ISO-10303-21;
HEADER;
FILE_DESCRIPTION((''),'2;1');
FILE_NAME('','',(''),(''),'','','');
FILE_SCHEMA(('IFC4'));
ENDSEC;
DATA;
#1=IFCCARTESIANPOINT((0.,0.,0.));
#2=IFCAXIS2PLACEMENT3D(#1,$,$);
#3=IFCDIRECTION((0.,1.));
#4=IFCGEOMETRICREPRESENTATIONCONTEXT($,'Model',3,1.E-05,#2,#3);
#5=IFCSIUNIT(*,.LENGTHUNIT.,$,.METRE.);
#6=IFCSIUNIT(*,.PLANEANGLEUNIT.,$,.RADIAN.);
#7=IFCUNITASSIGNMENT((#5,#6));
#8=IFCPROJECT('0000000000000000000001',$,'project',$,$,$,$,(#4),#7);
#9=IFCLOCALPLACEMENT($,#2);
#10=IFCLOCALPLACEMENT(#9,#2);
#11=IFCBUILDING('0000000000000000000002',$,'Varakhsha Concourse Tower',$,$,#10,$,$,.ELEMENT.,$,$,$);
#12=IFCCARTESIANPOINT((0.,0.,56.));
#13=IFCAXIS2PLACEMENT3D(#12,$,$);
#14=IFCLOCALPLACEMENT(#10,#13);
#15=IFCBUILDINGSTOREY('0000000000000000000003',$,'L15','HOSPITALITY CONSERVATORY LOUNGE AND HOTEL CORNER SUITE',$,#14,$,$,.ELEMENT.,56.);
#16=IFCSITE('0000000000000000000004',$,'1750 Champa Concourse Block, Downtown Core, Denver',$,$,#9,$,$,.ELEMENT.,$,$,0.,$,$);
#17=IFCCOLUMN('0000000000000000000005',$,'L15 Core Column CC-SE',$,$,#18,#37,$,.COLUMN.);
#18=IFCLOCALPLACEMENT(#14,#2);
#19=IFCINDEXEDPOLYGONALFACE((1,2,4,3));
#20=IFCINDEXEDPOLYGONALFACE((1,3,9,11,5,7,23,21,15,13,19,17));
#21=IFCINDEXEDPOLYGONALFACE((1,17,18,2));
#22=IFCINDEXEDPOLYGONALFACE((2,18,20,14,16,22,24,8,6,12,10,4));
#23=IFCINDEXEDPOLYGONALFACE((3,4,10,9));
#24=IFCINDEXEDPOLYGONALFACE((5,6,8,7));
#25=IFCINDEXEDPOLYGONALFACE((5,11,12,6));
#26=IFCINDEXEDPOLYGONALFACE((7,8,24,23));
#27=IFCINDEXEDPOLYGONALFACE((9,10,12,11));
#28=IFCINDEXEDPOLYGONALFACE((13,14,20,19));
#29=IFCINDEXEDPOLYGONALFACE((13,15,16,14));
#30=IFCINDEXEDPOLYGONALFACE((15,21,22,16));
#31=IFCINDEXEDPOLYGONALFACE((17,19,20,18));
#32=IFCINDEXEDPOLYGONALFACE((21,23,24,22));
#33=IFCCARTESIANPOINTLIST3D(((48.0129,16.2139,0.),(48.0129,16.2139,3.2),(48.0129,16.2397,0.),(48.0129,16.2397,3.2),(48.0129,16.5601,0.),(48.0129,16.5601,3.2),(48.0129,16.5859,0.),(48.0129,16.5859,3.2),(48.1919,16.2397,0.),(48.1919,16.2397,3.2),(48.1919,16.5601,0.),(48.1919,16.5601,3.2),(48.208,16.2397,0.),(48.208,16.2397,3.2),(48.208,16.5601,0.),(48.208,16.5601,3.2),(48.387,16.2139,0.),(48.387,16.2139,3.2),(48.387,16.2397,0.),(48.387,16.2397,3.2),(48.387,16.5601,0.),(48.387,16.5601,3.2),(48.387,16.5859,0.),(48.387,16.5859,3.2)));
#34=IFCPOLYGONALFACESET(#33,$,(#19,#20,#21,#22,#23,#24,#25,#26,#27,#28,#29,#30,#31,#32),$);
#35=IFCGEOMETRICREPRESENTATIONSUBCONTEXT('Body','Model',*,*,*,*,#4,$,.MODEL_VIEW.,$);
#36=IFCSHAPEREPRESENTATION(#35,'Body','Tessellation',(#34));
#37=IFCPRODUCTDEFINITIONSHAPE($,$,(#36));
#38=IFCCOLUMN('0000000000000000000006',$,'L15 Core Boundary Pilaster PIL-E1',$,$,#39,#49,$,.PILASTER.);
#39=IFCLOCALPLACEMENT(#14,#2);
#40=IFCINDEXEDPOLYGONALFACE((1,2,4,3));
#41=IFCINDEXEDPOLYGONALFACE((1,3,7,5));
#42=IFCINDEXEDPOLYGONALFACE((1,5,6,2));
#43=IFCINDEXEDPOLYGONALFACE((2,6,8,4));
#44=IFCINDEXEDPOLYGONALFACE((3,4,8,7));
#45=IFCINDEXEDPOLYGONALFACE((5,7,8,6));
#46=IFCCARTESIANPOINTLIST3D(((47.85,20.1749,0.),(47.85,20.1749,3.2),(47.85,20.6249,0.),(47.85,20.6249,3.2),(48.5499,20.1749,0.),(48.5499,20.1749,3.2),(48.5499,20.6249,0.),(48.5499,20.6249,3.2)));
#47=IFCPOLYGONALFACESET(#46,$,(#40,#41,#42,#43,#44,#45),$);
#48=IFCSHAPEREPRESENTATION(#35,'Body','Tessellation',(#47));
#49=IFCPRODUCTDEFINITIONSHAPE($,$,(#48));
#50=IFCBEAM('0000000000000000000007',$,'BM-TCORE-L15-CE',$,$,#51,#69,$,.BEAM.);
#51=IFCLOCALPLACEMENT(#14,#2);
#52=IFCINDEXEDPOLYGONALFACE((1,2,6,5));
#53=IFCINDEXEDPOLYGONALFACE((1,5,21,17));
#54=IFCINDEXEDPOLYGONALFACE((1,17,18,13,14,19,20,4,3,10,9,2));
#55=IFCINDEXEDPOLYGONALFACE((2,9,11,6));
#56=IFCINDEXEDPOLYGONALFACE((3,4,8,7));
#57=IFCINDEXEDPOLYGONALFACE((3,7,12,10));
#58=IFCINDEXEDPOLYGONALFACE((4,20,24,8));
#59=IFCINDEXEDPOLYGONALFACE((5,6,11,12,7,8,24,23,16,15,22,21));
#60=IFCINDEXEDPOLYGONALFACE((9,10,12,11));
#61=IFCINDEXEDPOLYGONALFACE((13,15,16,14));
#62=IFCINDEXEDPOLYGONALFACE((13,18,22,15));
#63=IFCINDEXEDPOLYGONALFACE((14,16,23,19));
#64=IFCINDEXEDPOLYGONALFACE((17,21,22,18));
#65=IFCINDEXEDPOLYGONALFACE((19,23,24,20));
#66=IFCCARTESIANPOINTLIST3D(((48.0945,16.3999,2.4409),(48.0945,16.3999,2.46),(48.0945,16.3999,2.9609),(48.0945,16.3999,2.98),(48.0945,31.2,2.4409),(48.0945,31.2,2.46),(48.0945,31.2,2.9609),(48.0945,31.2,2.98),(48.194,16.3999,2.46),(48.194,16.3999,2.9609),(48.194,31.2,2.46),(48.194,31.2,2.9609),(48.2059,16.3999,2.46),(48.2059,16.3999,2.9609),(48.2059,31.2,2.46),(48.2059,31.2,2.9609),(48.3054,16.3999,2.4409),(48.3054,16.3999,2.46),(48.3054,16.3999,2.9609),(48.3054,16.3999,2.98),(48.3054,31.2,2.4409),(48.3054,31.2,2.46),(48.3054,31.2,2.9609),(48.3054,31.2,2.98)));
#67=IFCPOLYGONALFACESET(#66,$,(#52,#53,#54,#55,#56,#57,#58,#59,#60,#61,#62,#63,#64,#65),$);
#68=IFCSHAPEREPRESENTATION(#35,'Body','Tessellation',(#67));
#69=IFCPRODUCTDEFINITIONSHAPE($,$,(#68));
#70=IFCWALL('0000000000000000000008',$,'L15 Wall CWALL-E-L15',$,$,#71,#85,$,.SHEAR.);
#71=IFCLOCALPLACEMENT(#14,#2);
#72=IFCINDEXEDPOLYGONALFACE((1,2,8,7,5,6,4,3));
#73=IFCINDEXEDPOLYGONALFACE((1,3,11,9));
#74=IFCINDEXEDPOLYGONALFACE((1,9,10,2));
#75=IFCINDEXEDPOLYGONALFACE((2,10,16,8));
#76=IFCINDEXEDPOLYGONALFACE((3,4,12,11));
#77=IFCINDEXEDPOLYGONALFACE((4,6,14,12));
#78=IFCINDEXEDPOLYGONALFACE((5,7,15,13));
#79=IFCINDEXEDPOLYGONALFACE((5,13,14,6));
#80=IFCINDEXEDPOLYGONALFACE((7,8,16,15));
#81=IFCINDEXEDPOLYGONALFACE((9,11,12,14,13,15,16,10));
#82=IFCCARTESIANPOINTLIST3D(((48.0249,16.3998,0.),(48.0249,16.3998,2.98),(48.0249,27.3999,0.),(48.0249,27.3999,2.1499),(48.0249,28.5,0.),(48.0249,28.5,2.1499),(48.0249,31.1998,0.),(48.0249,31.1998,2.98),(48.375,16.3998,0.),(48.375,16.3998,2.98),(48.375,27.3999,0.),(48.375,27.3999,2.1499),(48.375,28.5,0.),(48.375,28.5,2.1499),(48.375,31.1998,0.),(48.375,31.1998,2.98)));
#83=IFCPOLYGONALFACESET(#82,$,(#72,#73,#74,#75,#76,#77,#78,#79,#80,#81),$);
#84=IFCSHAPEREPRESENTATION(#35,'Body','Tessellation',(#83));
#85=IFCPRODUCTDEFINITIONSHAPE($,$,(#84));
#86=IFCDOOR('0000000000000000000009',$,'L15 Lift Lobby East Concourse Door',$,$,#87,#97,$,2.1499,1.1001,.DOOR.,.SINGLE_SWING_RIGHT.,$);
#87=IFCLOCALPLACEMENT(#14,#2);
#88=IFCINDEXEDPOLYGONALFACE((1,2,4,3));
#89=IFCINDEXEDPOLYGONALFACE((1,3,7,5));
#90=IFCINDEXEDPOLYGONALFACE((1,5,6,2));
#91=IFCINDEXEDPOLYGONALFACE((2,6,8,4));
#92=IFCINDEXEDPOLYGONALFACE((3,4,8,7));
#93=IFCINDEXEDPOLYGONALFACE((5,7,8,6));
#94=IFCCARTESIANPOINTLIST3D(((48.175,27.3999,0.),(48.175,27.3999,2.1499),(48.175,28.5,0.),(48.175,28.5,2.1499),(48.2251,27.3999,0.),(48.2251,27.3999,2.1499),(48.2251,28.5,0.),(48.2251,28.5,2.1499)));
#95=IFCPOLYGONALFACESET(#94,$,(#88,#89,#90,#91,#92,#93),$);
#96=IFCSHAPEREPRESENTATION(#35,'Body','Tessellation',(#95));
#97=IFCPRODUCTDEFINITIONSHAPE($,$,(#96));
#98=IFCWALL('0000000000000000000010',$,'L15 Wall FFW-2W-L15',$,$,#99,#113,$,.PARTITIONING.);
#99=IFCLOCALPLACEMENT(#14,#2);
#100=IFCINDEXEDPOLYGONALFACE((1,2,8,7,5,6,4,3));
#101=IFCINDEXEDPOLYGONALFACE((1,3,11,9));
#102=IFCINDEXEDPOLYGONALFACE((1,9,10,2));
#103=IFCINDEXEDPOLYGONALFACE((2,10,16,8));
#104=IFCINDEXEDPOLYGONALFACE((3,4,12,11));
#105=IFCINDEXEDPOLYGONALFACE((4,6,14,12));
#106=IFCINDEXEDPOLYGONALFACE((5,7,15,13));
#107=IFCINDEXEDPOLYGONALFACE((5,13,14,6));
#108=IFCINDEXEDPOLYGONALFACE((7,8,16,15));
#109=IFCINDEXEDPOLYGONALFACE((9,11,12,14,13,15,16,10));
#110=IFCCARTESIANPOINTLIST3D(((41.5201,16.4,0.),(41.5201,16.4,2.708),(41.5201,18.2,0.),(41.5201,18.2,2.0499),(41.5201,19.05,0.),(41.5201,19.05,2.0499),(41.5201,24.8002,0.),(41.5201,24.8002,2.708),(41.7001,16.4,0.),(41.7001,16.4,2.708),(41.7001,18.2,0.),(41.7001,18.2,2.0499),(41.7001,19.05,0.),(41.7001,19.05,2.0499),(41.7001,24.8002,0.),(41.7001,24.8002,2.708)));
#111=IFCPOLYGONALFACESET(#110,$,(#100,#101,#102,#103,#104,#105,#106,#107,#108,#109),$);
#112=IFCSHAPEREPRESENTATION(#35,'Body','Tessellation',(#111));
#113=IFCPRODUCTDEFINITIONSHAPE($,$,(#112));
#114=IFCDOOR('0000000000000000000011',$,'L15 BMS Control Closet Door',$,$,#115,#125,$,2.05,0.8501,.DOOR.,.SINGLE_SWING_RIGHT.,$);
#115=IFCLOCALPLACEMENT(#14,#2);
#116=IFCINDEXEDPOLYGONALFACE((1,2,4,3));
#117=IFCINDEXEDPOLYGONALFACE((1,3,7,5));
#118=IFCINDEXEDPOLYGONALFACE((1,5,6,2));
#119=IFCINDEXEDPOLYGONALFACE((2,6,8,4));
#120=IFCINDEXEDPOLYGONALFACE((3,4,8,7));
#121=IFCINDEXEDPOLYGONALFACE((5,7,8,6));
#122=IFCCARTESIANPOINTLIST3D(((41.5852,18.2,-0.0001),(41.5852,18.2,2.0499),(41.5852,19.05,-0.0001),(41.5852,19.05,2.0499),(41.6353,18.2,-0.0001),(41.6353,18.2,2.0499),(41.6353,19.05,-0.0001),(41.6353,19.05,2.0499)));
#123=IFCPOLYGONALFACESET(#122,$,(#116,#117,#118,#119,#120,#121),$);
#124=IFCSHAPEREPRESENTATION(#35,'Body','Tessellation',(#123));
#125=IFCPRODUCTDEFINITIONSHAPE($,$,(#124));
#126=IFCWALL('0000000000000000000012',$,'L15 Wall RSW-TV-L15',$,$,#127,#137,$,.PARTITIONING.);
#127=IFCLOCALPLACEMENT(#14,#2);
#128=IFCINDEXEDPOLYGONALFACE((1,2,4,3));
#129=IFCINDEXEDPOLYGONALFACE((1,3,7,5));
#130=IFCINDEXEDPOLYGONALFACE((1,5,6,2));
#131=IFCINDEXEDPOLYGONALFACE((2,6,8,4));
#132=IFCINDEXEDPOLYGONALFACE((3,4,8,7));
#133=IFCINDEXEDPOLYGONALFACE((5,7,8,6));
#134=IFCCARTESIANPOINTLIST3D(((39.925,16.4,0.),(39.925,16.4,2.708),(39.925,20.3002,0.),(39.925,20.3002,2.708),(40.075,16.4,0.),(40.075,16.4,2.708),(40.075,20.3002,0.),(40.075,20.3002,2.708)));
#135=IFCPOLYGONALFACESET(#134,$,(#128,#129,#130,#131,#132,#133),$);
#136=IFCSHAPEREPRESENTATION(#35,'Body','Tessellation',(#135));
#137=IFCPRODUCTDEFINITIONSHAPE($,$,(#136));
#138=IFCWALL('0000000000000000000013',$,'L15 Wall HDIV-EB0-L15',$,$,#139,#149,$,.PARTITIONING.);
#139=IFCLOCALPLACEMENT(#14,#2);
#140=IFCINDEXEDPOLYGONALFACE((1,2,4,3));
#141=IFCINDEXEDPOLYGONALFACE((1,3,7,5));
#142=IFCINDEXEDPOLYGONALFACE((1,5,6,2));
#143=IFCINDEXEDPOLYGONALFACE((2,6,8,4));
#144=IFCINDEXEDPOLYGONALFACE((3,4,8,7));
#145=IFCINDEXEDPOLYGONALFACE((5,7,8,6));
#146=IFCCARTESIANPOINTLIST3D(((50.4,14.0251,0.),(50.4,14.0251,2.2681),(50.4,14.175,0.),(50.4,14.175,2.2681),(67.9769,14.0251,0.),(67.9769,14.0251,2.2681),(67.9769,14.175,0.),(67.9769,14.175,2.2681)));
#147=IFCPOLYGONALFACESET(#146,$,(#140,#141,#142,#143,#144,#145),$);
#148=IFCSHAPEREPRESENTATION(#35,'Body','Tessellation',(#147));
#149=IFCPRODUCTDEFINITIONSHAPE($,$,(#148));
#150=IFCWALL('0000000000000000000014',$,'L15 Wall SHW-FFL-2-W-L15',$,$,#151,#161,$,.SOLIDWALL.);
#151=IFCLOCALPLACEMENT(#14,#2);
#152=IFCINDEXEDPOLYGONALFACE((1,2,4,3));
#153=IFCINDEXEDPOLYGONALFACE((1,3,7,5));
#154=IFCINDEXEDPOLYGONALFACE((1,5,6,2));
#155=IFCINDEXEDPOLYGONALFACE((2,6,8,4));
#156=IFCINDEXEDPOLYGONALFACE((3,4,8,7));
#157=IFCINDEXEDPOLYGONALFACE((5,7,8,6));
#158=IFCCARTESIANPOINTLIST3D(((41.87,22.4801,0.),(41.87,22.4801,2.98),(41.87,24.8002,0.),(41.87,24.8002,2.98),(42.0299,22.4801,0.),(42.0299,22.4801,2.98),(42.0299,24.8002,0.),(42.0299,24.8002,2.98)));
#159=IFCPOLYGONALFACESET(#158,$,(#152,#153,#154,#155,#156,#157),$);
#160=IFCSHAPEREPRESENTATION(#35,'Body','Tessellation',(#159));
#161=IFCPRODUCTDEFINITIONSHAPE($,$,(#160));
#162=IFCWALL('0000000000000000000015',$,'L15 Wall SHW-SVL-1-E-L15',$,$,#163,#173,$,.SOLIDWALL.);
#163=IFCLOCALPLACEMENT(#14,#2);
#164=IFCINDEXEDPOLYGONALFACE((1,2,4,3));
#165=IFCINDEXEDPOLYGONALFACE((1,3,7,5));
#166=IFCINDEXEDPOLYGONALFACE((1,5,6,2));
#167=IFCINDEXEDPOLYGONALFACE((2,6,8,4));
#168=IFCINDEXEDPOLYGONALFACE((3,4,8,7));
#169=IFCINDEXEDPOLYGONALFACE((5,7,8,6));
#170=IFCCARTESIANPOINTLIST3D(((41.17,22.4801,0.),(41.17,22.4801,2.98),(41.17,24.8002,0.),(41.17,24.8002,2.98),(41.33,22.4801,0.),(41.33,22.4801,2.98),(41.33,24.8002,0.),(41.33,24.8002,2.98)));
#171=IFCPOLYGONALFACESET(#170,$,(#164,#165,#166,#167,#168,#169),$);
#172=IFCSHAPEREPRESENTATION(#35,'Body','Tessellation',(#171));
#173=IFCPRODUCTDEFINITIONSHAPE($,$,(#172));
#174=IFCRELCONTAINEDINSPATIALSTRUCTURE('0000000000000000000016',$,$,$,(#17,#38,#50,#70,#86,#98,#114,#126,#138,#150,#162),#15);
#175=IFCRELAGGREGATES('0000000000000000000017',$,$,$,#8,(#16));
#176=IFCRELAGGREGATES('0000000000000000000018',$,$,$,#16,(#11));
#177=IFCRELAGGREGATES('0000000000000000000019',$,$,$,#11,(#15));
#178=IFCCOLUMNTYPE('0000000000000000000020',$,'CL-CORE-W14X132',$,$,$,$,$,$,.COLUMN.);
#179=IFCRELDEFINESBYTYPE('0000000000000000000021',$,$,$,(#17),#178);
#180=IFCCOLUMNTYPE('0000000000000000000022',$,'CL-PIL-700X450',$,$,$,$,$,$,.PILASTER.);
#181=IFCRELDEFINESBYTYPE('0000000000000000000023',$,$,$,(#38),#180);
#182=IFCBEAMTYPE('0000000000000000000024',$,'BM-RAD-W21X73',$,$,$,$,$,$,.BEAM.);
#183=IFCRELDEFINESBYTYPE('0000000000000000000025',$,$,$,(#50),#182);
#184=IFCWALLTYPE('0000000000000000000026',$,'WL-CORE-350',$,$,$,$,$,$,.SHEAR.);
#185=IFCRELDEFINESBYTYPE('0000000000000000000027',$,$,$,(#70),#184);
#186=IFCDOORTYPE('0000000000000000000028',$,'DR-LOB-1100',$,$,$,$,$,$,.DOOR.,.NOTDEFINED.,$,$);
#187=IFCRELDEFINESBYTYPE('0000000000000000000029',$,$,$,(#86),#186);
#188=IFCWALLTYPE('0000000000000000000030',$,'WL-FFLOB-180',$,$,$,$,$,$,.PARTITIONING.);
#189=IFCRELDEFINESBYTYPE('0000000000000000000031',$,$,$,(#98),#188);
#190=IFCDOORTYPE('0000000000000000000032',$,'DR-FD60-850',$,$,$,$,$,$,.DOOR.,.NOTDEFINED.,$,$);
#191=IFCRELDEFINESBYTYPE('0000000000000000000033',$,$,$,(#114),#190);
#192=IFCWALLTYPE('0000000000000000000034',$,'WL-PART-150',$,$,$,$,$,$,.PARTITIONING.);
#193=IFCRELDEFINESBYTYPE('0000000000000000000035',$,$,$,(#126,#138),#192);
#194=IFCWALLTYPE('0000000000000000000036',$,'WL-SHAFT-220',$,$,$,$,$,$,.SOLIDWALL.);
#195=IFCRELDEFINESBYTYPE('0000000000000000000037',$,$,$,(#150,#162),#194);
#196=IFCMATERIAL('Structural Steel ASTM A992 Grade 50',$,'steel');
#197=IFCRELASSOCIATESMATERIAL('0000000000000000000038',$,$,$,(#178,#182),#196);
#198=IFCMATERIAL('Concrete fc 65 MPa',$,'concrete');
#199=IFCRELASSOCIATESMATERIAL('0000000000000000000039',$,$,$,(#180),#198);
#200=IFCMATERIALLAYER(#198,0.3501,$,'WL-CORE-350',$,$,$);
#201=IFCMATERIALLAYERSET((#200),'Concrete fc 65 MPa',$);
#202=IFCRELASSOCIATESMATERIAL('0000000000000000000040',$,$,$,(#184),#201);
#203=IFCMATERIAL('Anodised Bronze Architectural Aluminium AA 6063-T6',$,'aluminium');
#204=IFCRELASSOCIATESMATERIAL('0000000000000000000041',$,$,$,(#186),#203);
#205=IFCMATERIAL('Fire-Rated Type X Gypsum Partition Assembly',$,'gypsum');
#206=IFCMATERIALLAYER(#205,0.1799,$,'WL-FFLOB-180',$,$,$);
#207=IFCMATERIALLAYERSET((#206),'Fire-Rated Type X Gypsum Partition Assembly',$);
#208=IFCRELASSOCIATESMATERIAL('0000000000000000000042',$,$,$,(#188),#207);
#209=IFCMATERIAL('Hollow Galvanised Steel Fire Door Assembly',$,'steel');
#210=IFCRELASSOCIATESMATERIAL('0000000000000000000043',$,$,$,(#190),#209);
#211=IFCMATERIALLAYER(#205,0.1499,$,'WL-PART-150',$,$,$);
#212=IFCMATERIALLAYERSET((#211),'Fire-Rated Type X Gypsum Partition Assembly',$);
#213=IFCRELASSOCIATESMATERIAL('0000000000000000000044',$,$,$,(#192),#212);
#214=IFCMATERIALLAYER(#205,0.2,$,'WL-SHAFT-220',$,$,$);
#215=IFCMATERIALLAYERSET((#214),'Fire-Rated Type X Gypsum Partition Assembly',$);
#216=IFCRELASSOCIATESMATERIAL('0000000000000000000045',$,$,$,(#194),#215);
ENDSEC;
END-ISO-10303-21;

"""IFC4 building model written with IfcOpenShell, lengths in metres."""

from ifc_helpers import new_model, si_unit, direction, frame, frame_2d, origin, origin_2d, place, context, subcontext, project, spatial, rectangle, i_section, extrude, material, layer, layer_set, material_profile, profile_set, type_object, element, fill, save


model = new_model("IFC4")

# Units and contexts
model_context = context("Model", 3, precision=1e-05, world=origin(), true_north=direction((0.0, 1.0)))
body_context = subcontext(model_context, "Body", "Model", "MODEL_VIEW")
ifc_project = project(units=[si_unit("LENGTHUNIT", "METRE"), si_unit("PLANEANGLEUNIT", "RADIAN")], contexts=[model_context])

# Site, building, storey
site_placement = place(None, origin())
site = spatial("IfcSite", under=ifc_project, at=site_placement, Name="1750 Champa Concourse Block, Downtown Core, Denver", CompositionType="ELEMENT", RefElevation=0.0)
building_placement = place(site_placement, origin())
building = spatial("IfcBuilding", under=site, at=building_placement, Name="Varakhsha Concourse Tower", CompositionType="ELEMENT")
storey_placement = place(building_placement, frame((0.0, 0.0, 56.0)))
storey = spatial("IfcBuildingStorey", under=building, at=storey_placement, Name="L15", Description="HOSPITALITY CONSERVATORY LOUNGE AND HOTEL CORNER SUITE", CompositionType="ELEMENT", Elevation=56.0)

# Columns
ifc_material_1 = material(Name="Structural Steel ASTM A992 Grade 50", Category="steel")
ifc_material_profile_1 = material_profile(ifc_material_1, i_section(OverallWidth=0.374, OverallDepth=0.3721, WebThickness=0.0161, FlangeThickness=0.0259, at=origin_2d()), Name="W14X132")
ifc_profile_set_1 = profile_set([ifc_material_profile_1], Name="Structural Steel ASTM A992 Grade 50")
column_type_1 = type_object("IfcColumnType", Name="CL-CORE-W14X132", PredefinedType="COLUMN", material=ifc_profile_set_1)
column_1_placement = place(storey_placement, frame((48.2, 16.3999, 0.0), z_axis=(0.0, 0.0, 1.0), x_axis=(1.0, 0.0, 0.0)))
element("IfcColumn", 1, at=column_1_placement, inside=storey, type_object=column_type_1, Name="L15 Core Column CC-SE", PredefinedType="COLUMN", context=body_context, shape_type="SweptSolid", body=[
    extrude(i_section(OverallWidth=0.374, OverallDepth=0.3721, WebThickness=0.0161, FlangeThickness=0.0259, at=origin_2d()), origin(), (0.0, 0.0, 1.0), 3.2),
])
ifc_material_2 = material(Name="Concrete fc 65 MPa", Category="concrete")
ifc_material_profile_2 = material_profile(ifc_material_2, rectangle(XDim=0.7, YDim=0.45, at=origin_2d()), Name="RC 700x450")
ifc_profile_set_2 = profile_set([ifc_material_profile_2], Name="Concrete fc 65 MPa")
column_type_2 = type_object("IfcColumnType", Name="CL-PIL-700X450", PredefinedType="PILASTER", material=ifc_profile_set_2)
column_2_placement = place(storey_placement, frame((48.2, 20.3999, 0.0), z_axis=(0.0, 0.0, 1.0), x_axis=(1.0, 0.0, 0.0)))
element("IfcColumn", 2, at=column_2_placement, inside=storey, type_object=column_type_2, Name="L15 Core Boundary Pilaster PIL-E1", PredefinedType="PILASTER", context=body_context, shape_type="SweptSolid", body=[
    extrude(rectangle(XDim=0.7, YDim=0.45, at=origin_2d()), origin(), (0.0, 0.0, 1.0), 3.2),
])

# Beam
ifc_material_profile_3 = material_profile(ifc_material_1, i_section(OverallWidth=0.2109, OverallDepth=0.5391, WebThickness=0.012, FlangeThickness=0.019, at=origin_2d()), Name="W21X73")
ifc_profile_set_3 = profile_set([ifc_material_profile_3], Name="Structural Steel ASTM A992 Grade 50")
beam_type = type_object("IfcBeamType", Name="BM-RAD-W21X73", PredefinedType="BEAM", material=ifc_profile_set_3)
beam_placement = place(storey_placement, frame((48.2, 16.3999, 2.7104), z_axis=(0.0, 1.0, 0.0), x_axis=(-1.0, 0.0, 0.0)))
element("IfcBeam", 3, at=beam_placement, inside=storey, type_object=beam_type, Name="BM-TCORE-L15-CE", PredefinedType="BEAM", context=body_context, shape_type="SweptSolid", body=[
    extrude(i_section(OverallWidth=0.2109, OverallDepth=0.5391, WebThickness=0.012, FlangeThickness=0.019, at=origin_2d()), origin(), (0.0, 0.0, 1.0), 14.8),
])

# Walls, openings, doors
ifc_layer_1 = layer(ifc_material_2, 0.3501, Name="WL-CORE-350")
ifc_layer_set_1 = layer_set([ifc_layer_1], Name="Concrete fc 65 MPa")
wall_type_1 = type_object("IfcWallType", Name="WL-CORE-350", PredefinedType="SHEAR", material=ifc_layer_set_1)
wall_1_placement = place(storey_placement, frame((48.2, 16.3999, 0.0), z_axis=(0.0, 0.0, 1.0), x_axis=(0.0, 1.0, 0.0)))
wall_1 = element("IfcWall", 4, at=wall_1_placement, inside=storey, type_object=wall_type_1, Name="L15 Wall CWALL-E-L15", PredefinedType="SHEAR", context=body_context, shape_type="SweptSolid", body=[
    extrude(rectangle(XDim=14.8, YDim=0.3501, at=frame_2d((7.3999, 0.0))), origin(), (0.0, 0.0, 1.0), 2.98),
])
opening_1_placement = place(wall_1_placement, frame((11.0, 0.0, 0.0)))
opening_1 = element("IfcOpeningElement", 5, at=opening_1_placement, cuts=wall_1, PredefinedType="OPENING", context=body_context, shape_type="SweptSolid", body=[
    extrude(rectangle(XDim=1.1001, YDim=2.1499, at=frame_2d((0.55, 1.075))), frame((0.0, 0.1851, 0.0), z_axis=(0.0, -1.0, 0.0), x_axis=(1.0, 0.0, 0.0)), (0.0, 0.0, 1.0), 0.3701),
])
ifc_material_3 = material(Name="Anodised Bronze Architectural Aluminium AA 6063-T6", Category="aluminium")
door_type_1 = type_object("IfcDoorType", Name="DR-LOB-1100", OperationType="NOTDEFINED", PredefinedType="DOOR", material=ifc_material_3)
door_1_placement = place(opening_1_placement, origin())
door_1 = element("IfcDoor", 6, at=door_1_placement, inside=storey, type_object=door_type_1, Name="L15 Lift Lobby East Concourse Door", OperationType="SINGLE_SWING_RIGHT", OverallHeight=2.1499, OverallWidth=1.1001, PredefinedType="DOOR", context=body_context, shape_type="SweptSolid", body=[
    extrude(rectangle(XDim=1.1001, YDim=2.1499, at=frame_2d((0.55, 1.075))), frame((0.0, 0.0249, 0.0), z_axis=(0.0, -1.0, 0.0), x_axis=(1.0, 0.0, 0.0)), (0.0, 0.0, 1.0), 0.05),
])
fill(opening_1, door_1)
ifc_material_4 = material(Name="Fire-Rated Type X Gypsum Partition Assembly", Category="gypsum")
ifc_layer_2 = layer(ifc_material_4, 0.1799, Name="WL-FFLOB-180")
ifc_layer_set_2 = layer_set([ifc_layer_2], Name="Fire-Rated Type X Gypsum Partition Assembly")
wall_type_2 = type_object("IfcWallType", Name="WL-FFLOB-180", PredefinedType="PARTITIONING", material=ifc_layer_set_2)
wall_2_placement = place(storey_placement, frame((41.6101, 16.3999, 0.0), z_axis=(0.0, 0.0, 1.0), x_axis=(0.0, 1.0, 0.0)))
wall_2 = element("IfcWall", 7, at=wall_2_placement, inside=storey, type_object=wall_type_2, Name="L15 Wall FFW-2W-L15", PredefinedType="PARTITIONING", context=body_context, shape_type="SweptSolid", body=[
    extrude(rectangle(XDim=8.4001, YDim=0.1799, at=frame_2d((4.2002, 0.0))), origin(), (0.0, 0.0, 1.0), 2.708),
])
opening_2_placement = place(wall_2_placement, frame((1.8, 0.0, 0.0)))
opening_2 = element("IfcOpeningElement", 8, at=opening_2_placement, cuts=wall_2, PredefinedType="OPENING", context=body_context, shape_type="SweptSolid", body=[
    extrude(rectangle(XDim=0.8501, YDim=2.05, at=frame_2d((0.425, 1.0249))), frame((0.0, 0.0999, 0.0), z_axis=(0.0, -1.0, 0.0), x_axis=(1.0, 0.0, 0.0)), (0.0, 0.0, 1.0), 0.2),
])
ifc_material_5 = material(Name="Hollow Galvanised Steel Fire Door Assembly", Category="steel")
door_type_2 = type_object("IfcDoorType", Name="DR-FD60-850", OperationType="NOTDEFINED", PredefinedType="DOOR", material=ifc_material_5)
door_2_placement = place(opening_2_placement, origin())
door_2 = element("IfcDoor", 9, at=door_2_placement, inside=storey, type_object=door_type_2, Name="L15 BMS Control Closet Door", OperationType="SINGLE_SWING_RIGHT", OverallHeight=2.05, OverallWidth=0.8501, PredefinedType="DOOR", context=body_context, shape_type="SweptSolid", body=[
    extrude(rectangle(XDim=0.8501, YDim=2.05, at=frame_2d((0.425, 1.0249))), frame((0.0, 0.0249, 0.0), z_axis=(0.0, -1.0, 0.0), x_axis=(1.0, 0.0, 0.0)), (0.0, 0.0, 1.0), 0.05),
])
fill(opening_2, door_2)

# Walls
ifc_layer_3 = layer(ifc_material_4, 0.1499, Name="WL-PART-150")
ifc_layer_set_3 = layer_set([ifc_layer_3], Name="Fire-Rated Type X Gypsum Partition Assembly")
wall_type_3 = type_object("IfcWallType", Name="WL-PART-150", PredefinedType="PARTITIONING", material=ifc_layer_set_3)
wall_3_placement = place(storey_placement, frame((40.0, 16.3999, 0.0), z_axis=(0.0, 0.0, 1.0), x_axis=(0.0, 1.0, 0.0)))
element("IfcWall", 10, at=wall_3_placement, inside=storey, type_object=wall_type_3, Name="L15 Wall RSW-TV-L15", PredefinedType="PARTITIONING", context=body_context, shape_type="SweptSolid", body=[
    extrude(rectangle(XDim=3.9001, YDim=0.1499, at=frame_2d((1.9502, 0.0))), origin(), (0.0, 0.0, 1.0), 2.708),
])
wall_4_placement = place(storey_placement, frame((50.3999, 14.1001, 0.0), z_axis=(0.0, 0.0, 1.0), x_axis=(1.0, 0.0, 0.0)))
element("IfcWall", 11, at=wall_4_placement, inside=storey, type_object=wall_type_3, Name="L15 Wall HDIV-EB0-L15", PredefinedType="PARTITIONING", context=body_context, shape_type="SweptSolid", body=[
    extrude(rectangle(XDim=17.5769, YDim=0.1499, at=frame_2d((8.7886, 0.0))), origin(), (0.0, 0.0, 1.0), 2.2681),
])
ifc_layer_4 = layer(ifc_material_4, 0.2, Name="WL-SHAFT-220")
ifc_layer_set_4 = layer_set([ifc_layer_4], Name="Fire-Rated Type X Gypsum Partition Assembly")
wall_type_4 = type_object("IfcWallType", Name="WL-SHAFT-220", PredefinedType="SOLIDWALL", material=ifc_layer_set_4)
for number, where, z_axis, x_axis, name in (
    (12, (41.95, 22.48, 0.0), (0.0, 0.0, 1.0), (0.0, 1.0, 0.0), "L15 Wall SHW-FFL-2-W-L15"),
    (13, (41.25, 22.48, 0.0), (0.0, 0.0, 1.0), (0.0, 1.0, 0.0), "L15 Wall SHW-SVL-1-E-L15"),
):
    element("IfcWall", number, at=place(storey_placement, frame(where, z_axis=z_axis, x_axis=x_axis)), inside=storey, type_object=wall_type_4, Name=name, PredefinedType="SOLIDWALL", context=body_context, shape_type="SweptSolid", body=[
        extrude(rectangle(XDim=2.3201, YDim=0.1599, at=frame_2d((1.1602, 0.0))), origin(), (0.0, 0.0, 1.0), 2.98),
    ])

save(model, "model.ifc")
